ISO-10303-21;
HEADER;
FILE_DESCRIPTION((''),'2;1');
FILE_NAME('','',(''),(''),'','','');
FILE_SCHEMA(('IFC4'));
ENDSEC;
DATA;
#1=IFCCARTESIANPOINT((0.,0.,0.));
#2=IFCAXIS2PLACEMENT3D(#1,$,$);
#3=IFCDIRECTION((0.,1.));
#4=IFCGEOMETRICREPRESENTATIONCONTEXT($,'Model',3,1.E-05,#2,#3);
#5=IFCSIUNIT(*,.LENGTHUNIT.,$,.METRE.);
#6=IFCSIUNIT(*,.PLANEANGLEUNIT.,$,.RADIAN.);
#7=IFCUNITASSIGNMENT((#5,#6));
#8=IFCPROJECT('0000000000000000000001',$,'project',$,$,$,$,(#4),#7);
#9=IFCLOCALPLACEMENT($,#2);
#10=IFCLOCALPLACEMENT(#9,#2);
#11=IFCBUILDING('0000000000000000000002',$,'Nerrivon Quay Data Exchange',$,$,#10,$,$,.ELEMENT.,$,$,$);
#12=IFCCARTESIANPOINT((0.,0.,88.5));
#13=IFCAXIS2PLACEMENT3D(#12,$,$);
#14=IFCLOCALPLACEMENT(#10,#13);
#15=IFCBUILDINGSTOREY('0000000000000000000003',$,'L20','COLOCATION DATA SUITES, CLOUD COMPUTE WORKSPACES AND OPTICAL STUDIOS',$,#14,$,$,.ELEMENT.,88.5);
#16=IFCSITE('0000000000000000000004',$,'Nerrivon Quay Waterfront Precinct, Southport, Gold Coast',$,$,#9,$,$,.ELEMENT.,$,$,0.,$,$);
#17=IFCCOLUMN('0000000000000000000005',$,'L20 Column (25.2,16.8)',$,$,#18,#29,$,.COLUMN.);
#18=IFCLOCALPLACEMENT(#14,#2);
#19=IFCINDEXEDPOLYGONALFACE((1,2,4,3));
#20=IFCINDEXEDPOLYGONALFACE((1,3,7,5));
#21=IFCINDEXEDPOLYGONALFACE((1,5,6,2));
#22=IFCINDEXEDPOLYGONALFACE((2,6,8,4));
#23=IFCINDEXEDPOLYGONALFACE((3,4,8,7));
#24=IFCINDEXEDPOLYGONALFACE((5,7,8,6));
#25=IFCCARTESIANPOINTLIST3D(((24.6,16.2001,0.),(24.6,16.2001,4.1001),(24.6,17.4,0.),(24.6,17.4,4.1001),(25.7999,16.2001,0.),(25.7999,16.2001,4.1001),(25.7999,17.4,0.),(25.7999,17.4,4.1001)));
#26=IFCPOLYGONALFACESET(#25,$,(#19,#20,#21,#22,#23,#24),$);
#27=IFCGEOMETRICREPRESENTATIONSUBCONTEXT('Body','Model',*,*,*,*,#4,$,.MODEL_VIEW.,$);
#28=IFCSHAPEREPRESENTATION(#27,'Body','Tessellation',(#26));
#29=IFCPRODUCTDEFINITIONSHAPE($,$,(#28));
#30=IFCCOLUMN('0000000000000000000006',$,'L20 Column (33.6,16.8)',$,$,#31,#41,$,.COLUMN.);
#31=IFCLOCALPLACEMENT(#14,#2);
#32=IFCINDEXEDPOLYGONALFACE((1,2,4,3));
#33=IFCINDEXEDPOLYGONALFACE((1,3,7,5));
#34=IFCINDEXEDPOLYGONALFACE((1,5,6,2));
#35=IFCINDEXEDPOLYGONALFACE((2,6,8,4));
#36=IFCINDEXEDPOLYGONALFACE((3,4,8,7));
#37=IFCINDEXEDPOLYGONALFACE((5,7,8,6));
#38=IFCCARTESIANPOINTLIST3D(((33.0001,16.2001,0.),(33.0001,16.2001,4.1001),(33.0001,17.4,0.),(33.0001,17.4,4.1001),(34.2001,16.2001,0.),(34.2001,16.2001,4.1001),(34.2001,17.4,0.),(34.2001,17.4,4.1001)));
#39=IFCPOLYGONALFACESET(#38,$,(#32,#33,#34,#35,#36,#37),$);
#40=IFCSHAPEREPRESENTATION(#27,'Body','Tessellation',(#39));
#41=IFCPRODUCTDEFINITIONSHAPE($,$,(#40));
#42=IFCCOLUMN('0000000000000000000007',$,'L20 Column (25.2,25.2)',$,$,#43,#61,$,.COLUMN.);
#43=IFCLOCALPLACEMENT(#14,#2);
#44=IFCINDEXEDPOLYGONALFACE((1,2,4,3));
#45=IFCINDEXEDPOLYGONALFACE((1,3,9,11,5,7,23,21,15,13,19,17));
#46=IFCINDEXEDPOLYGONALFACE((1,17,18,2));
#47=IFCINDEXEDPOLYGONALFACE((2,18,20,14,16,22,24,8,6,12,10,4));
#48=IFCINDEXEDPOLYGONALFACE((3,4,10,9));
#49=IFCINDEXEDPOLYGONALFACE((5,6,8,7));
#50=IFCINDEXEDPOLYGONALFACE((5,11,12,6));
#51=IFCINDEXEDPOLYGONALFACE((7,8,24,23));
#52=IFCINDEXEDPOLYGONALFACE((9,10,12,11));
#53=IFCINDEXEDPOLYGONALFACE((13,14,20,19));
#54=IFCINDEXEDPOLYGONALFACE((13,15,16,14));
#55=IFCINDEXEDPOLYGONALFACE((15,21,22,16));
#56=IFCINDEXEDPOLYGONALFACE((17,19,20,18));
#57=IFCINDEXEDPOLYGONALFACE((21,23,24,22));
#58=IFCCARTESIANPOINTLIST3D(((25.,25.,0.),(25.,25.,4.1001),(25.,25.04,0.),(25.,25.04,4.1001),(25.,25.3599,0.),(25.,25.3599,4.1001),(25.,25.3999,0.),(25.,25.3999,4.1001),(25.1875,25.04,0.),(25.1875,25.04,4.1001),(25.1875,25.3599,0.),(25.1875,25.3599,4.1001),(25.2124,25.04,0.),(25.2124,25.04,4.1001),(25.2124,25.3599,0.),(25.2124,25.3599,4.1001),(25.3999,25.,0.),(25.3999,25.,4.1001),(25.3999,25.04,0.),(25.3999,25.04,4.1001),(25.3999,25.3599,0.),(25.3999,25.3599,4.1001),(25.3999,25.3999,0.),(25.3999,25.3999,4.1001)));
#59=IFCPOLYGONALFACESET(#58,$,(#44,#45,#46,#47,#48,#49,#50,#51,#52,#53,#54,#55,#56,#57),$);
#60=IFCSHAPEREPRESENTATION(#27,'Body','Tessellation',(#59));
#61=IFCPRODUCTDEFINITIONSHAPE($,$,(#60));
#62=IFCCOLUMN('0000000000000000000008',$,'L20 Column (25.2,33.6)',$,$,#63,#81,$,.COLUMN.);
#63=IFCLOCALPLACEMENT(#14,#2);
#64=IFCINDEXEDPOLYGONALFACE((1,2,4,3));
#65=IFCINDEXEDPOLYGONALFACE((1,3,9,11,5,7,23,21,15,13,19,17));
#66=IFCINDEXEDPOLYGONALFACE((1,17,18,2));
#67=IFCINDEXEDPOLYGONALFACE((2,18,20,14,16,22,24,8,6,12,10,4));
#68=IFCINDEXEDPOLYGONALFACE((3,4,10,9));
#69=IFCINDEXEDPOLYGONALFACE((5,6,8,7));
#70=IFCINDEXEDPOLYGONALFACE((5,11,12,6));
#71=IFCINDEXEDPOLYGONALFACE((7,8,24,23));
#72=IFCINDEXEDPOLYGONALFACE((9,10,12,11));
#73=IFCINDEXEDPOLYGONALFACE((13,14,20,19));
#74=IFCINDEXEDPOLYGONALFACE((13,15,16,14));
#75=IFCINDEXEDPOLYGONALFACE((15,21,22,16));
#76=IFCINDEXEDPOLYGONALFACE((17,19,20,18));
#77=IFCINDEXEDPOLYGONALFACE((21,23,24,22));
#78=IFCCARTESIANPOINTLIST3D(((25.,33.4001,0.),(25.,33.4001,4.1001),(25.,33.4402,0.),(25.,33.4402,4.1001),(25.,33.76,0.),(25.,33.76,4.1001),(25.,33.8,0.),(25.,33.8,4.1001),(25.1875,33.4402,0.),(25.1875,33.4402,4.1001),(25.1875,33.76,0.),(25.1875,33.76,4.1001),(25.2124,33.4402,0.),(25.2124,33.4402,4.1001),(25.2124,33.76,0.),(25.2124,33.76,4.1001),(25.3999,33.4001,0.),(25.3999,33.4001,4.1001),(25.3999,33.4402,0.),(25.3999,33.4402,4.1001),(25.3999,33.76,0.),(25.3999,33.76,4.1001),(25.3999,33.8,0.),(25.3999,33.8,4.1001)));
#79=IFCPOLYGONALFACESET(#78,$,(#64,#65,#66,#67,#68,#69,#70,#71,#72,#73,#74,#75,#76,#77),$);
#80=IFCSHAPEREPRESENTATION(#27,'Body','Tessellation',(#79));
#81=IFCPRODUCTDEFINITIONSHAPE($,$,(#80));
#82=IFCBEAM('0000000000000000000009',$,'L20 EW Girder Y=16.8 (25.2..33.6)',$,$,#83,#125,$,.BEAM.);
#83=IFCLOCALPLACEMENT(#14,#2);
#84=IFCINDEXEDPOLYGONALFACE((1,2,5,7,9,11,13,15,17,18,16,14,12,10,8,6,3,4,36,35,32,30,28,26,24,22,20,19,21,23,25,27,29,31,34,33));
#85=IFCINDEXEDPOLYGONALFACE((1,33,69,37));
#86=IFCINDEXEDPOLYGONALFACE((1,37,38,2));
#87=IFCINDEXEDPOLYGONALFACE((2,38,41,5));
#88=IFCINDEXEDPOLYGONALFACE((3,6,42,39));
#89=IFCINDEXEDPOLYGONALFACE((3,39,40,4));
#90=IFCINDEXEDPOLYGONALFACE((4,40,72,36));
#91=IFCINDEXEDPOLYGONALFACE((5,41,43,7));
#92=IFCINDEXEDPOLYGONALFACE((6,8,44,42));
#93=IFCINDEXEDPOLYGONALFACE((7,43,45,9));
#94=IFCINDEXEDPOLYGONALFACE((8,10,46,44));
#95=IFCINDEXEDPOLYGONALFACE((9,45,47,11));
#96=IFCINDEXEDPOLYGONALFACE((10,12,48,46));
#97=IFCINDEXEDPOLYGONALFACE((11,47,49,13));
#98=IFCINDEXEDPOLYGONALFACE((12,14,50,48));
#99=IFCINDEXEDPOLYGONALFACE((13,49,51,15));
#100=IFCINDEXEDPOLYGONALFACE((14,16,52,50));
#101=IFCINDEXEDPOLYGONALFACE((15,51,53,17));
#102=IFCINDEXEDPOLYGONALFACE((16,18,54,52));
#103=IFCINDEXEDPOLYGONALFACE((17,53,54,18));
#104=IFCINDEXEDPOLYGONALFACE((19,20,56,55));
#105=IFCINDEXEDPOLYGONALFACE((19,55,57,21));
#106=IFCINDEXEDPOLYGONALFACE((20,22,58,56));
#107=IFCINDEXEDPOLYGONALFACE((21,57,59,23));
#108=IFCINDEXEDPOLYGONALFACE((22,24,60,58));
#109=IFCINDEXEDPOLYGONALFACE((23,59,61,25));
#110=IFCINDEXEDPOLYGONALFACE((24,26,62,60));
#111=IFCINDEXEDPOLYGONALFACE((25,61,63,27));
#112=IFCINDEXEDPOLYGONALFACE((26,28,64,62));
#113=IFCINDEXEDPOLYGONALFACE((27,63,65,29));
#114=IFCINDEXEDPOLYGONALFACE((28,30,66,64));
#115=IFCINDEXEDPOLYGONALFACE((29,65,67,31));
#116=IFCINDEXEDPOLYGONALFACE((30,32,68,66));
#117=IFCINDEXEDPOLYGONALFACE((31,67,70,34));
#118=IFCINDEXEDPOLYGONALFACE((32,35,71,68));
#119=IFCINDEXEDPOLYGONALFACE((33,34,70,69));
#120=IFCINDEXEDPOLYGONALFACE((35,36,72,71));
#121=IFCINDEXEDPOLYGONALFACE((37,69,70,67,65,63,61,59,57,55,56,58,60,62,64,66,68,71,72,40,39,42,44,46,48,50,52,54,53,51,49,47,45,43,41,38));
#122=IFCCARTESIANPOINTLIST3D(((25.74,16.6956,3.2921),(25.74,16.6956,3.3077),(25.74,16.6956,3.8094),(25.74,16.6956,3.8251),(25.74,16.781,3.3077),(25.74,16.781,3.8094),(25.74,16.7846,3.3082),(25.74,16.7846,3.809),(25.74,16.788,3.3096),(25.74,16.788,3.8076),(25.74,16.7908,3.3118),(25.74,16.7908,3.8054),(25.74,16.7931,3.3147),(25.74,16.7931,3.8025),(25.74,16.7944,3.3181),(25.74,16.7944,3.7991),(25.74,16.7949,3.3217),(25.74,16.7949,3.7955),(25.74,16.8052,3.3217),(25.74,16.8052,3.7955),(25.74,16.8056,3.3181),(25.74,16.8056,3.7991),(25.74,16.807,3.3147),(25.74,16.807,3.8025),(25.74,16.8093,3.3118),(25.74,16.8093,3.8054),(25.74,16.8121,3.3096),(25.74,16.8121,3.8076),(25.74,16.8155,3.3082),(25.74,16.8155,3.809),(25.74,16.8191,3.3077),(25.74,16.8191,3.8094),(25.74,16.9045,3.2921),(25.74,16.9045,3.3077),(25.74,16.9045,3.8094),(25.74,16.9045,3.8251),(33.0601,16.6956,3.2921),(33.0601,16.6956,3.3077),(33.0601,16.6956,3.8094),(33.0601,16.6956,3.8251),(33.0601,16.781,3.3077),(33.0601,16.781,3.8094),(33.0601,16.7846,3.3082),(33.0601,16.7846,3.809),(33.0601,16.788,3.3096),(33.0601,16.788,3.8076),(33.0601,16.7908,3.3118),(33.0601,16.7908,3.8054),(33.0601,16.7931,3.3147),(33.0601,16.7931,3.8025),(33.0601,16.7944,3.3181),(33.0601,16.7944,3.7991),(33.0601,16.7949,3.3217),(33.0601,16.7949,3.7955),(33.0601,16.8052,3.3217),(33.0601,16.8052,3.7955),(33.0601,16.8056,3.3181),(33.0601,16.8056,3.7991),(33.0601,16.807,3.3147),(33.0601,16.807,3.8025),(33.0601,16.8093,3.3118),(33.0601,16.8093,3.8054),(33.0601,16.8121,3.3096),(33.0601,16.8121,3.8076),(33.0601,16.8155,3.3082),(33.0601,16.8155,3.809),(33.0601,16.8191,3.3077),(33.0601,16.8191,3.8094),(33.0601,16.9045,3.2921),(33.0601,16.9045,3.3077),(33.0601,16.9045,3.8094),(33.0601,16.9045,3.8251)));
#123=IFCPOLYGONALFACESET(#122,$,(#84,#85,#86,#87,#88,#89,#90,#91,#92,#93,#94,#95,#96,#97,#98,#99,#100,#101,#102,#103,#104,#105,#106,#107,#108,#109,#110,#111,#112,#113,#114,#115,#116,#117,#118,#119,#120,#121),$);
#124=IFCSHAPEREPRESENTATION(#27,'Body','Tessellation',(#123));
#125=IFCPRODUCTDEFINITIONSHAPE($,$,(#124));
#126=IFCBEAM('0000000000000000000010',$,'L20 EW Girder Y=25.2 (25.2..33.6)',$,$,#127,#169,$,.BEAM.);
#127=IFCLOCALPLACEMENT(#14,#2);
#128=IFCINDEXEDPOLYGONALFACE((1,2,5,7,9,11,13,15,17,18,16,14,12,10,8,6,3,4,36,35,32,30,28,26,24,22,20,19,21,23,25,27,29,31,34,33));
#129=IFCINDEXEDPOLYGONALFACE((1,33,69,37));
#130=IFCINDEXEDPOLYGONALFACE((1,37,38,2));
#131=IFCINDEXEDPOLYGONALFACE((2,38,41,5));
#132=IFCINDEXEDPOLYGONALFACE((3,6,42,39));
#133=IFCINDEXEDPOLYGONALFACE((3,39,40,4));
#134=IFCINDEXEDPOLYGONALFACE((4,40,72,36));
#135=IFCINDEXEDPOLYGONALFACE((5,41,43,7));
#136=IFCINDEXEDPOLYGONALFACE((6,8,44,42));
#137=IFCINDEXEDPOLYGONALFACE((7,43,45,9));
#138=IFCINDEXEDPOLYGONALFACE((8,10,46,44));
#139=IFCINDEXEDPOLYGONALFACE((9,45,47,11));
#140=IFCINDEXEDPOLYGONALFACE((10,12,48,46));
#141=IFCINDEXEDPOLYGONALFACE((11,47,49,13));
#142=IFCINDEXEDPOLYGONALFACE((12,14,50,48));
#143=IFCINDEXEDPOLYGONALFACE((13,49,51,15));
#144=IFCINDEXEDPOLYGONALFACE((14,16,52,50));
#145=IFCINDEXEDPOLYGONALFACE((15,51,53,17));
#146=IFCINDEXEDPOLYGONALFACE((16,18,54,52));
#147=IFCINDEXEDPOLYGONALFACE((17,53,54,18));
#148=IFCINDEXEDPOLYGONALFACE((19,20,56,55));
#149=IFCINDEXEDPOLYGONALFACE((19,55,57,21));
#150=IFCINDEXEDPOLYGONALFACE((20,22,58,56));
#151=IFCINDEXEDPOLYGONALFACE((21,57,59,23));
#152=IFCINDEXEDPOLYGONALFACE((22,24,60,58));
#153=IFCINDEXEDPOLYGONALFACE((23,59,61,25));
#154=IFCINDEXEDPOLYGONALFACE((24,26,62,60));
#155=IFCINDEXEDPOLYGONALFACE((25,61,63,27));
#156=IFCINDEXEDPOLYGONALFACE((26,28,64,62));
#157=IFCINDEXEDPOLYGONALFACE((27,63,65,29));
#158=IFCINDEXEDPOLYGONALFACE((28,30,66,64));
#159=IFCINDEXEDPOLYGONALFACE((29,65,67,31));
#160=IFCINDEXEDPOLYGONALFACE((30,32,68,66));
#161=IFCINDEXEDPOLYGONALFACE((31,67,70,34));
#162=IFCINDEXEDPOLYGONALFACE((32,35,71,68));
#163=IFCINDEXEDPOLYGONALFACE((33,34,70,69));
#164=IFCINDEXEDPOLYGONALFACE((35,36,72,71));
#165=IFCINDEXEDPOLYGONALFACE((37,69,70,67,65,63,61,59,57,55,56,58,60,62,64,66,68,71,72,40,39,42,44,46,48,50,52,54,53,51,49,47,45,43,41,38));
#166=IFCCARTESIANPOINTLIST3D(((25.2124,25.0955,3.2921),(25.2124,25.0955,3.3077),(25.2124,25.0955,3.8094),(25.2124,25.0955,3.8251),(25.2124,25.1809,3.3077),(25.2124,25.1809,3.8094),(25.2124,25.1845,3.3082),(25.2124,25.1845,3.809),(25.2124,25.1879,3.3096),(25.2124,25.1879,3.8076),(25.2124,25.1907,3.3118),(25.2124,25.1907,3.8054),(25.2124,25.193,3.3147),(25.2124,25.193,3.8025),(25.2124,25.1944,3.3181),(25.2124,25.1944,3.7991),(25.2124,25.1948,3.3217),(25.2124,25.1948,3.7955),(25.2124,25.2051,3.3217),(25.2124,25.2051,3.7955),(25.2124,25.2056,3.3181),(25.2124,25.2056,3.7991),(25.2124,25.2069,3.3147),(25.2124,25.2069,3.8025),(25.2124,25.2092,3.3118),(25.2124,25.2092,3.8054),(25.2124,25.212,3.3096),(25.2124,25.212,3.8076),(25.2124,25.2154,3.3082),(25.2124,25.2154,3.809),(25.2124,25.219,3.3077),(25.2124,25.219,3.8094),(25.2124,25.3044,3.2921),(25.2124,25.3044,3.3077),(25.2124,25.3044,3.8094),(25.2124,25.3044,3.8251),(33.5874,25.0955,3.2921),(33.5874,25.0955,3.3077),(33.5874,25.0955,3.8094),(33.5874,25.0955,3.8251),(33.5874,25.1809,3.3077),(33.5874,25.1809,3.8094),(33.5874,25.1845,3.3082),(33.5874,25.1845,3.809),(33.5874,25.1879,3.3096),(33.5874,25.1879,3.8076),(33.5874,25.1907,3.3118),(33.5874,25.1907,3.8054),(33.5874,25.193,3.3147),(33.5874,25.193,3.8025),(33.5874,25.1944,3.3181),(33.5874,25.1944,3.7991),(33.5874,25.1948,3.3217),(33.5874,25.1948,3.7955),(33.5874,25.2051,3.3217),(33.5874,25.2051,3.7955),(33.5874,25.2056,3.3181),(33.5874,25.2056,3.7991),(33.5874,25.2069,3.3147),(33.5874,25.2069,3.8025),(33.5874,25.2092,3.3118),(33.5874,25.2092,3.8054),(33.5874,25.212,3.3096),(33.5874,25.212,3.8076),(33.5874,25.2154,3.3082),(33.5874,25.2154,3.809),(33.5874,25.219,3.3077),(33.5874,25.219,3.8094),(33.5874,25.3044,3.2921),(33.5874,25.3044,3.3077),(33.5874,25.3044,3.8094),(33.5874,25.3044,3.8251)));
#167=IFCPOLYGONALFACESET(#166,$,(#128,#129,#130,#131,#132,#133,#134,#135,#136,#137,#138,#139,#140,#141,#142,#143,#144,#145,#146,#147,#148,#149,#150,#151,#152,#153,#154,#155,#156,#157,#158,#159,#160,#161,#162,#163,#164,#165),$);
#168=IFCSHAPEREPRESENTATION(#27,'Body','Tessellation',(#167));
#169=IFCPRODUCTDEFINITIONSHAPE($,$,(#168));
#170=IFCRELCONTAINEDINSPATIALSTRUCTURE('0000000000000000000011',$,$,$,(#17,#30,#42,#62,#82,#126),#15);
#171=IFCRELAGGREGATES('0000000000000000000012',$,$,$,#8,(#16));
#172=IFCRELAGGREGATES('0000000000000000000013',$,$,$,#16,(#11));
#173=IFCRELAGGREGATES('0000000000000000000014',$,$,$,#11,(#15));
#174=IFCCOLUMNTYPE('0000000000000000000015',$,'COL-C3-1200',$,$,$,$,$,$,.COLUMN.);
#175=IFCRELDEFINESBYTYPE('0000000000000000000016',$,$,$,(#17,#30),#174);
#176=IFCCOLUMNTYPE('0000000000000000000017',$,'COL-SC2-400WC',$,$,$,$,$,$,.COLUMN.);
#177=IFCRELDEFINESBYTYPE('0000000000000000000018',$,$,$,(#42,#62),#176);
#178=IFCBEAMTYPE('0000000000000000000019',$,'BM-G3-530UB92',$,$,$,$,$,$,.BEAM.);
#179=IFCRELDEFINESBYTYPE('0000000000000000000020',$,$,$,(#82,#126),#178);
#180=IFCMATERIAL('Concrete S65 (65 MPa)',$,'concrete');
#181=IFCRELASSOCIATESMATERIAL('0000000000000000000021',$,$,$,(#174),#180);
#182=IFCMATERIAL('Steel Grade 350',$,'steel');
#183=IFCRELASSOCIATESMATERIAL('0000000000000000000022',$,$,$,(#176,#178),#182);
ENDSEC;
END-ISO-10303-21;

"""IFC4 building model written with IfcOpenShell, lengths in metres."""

from ifc_helpers import new_model, si_unit, direction, frame, origin, origin_2d, place, context, subcontext, project, spatial, rectangle, i_section, extrude, material, material_profile, profile_set, type_object, element, save


model = new_model("IFC4")

# Units and contexts
model_context = context("Model", 3, precision=1e-05, world=origin(), true_north=direction((0.0, 1.0)))
body_context = subcontext(model_context, "Body", "Model", "MODEL_VIEW")
ifc_project = project(units=[si_unit("LENGTHUNIT", "METRE"), si_unit("PLANEANGLEUNIT", "RADIAN")], contexts=[model_context])

# Site, building, storey
site_placement = place(None, origin())
site = spatial("IfcSite", under=ifc_project, at=site_placement, Name="Nerrivon Quay Waterfront Precinct, Southport, Gold Coast", CompositionType="ELEMENT", RefElevation=0.0)
building_placement = place(site_placement, origin())
building = spatial("IfcBuilding", under=site, at=building_placement, Name="Nerrivon Quay Data Exchange", CompositionType="ELEMENT")
storey_placement = place(building_placement, frame((0.0, 0.0, 88.5)))
storey = spatial("IfcBuildingStorey", under=building, at=storey_placement, Name="L20", Description="COLOCATION DATA SUITES, CLOUD COMPUTE WORKSPACES AND OPTICAL STUDIOS", CompositionType="ELEMENT", Elevation=88.5)

# Columns
ifc_material_1 = material(Name="Concrete S65 (65 MPa)", Category="concrete")
ifc_material_profile_1 = material_profile(ifc_material_1, rectangle(XDim=1.2, YDim=1.2, at=origin_2d()), Name="RC-COL-1200x1200")
ifc_profile_set_1 = profile_set([ifc_material_profile_1], Name="Concrete S65 (65 MPa)")
column_type_1 = type_object("IfcColumnType", Name="COL-C3-1200", PredefinedType="COLUMN", material=ifc_profile_set_1)
for number, where, z_axis, x_axis, name in (
    (1, (25.2, 16.8, 0.0), (0.0, 0.0, 1.0), (1.0, 0.0, 0.0), "L20 Column (25.2,16.8)"),
    (2, (33.6001, 16.8, 0.0), (0.0, 0.0, 1.0), (1.0, 0.0, 0.0), "L20 Column (33.6,16.8)"),
):
    element("IfcColumn", number, at=place(storey_placement, frame(where, z_axis=z_axis, x_axis=x_axis)), inside=storey, type_object=column_type_1, Name=name, PredefinedType="COLUMN", context=body_context, shape_type="SweptSolid", body=[
        extrude(rectangle(XDim=1.2, YDim=1.2, at=origin_2d()), origin(), (0.0, 0.0, 1.0), 4.1001),
    ])
ifc_material_2 = material(Name="Steel Grade 350", Category="steel")
ifc_material_profile_2 = material_profile(ifc_material_2, i_section(OverallWidth=0.3999, OverallDepth=0.3999, WebThickness=0.0249, FlangeThickness=0.04, at=origin_2d()), Name="400WC328")
ifc_profile_set_2 = profile_set([ifc_material_profile_2], Name="Steel Grade 350")
column_type_2 = type_object("IfcColumnType", Name="COL-SC2-400WC", PredefinedType="COLUMN", material=ifc_profile_set_2)
for number, where, z_axis, x_axis, name in (
    (3, (25.2, 25.2, 0.0), (0.0, 0.0, 1.0), (1.0, 0.0, 0.0), "L20 Column (25.2,25.2)"),
    (4, (25.2, 33.6001, 0.0), (0.0, 0.0, 1.0), (1.0, 0.0, 0.0), "L20 Column (25.2,33.6)"),
):
    element("IfcColumn", number, at=place(storey_placement, frame(where, z_axis=z_axis, x_axis=x_axis)), inside=storey, type_object=column_type_2, Name=name, PredefinedType="COLUMN", context=body_context, shape_type="SweptSolid", body=[
        extrude(i_section(OverallWidth=0.3999, OverallDepth=0.3999, WebThickness=0.0249, FlangeThickness=0.04, at=origin_2d()), origin(), (0.0, 0.0, 1.0), 4.1001),
    ])

# Beams
ifc_material_profile_3 = material_profile(ifc_material_2, i_section(OverallWidth=0.209, OverallDepth=0.533, WebThickness=0.0103, FlangeThickness=0.0156, FilletRadius=0.0139, at=origin_2d()), Name="530UB92.4")
ifc_profile_set_3 = profile_set([ifc_material_profile_3], Name="Steel Grade 350")
beam_type_1 = type_object("IfcBeamType", Name="BM-G3-530UB92", PredefinedType="BEAM", material=ifc_profile_set_3)
beam_1_placement = place(storey_placement, frame((25.74, 16.8, 3.5586), z_axis=(1.0, 0.0, 0.0), x_axis=(0.0, 1.0, 0.0)))
element("IfcBeam", 5, at=beam_1_placement, inside=storey, type_object=beam_type_1, Name="L20 EW Girder Y=16.8 (25.2..33.6)", PredefinedType="BEAM", context=body_context, shape_type="SweptSolid", body=[
    extrude(i_section(OverallWidth=0.209, OverallDepth=0.533, WebThickness=0.0103, FlangeThickness=0.0156, FilletRadius=0.0139, at=origin_2d()), origin(), (0.0, 0.0, 1.0), 7.3201),
])
beam_2_placement = place(storey_placement, frame((25.2124, 25.2, 3.5586), z_axis=(1.0, 0.0, 0.0), x_axis=(0.0, 1.0, 0.0)))
element("IfcBeam", 6, at=beam_2_placement, inside=storey, type_object=beam_type_1, Name="L20 EW Girder Y=25.2 (25.2..33.6)", PredefinedType="BEAM", context=body_context, shape_type="SweptSolid", body=[
    extrude(i_section(OverallWidth=0.209, OverallDepth=0.533, WebThickness=0.0103, FlangeThickness=0.0156, FilletRadius=0.0139, at=origin_2d()), origin(), (0.0, 0.0, 1.0), 8.375),
])

save(model, "model.ifc")
